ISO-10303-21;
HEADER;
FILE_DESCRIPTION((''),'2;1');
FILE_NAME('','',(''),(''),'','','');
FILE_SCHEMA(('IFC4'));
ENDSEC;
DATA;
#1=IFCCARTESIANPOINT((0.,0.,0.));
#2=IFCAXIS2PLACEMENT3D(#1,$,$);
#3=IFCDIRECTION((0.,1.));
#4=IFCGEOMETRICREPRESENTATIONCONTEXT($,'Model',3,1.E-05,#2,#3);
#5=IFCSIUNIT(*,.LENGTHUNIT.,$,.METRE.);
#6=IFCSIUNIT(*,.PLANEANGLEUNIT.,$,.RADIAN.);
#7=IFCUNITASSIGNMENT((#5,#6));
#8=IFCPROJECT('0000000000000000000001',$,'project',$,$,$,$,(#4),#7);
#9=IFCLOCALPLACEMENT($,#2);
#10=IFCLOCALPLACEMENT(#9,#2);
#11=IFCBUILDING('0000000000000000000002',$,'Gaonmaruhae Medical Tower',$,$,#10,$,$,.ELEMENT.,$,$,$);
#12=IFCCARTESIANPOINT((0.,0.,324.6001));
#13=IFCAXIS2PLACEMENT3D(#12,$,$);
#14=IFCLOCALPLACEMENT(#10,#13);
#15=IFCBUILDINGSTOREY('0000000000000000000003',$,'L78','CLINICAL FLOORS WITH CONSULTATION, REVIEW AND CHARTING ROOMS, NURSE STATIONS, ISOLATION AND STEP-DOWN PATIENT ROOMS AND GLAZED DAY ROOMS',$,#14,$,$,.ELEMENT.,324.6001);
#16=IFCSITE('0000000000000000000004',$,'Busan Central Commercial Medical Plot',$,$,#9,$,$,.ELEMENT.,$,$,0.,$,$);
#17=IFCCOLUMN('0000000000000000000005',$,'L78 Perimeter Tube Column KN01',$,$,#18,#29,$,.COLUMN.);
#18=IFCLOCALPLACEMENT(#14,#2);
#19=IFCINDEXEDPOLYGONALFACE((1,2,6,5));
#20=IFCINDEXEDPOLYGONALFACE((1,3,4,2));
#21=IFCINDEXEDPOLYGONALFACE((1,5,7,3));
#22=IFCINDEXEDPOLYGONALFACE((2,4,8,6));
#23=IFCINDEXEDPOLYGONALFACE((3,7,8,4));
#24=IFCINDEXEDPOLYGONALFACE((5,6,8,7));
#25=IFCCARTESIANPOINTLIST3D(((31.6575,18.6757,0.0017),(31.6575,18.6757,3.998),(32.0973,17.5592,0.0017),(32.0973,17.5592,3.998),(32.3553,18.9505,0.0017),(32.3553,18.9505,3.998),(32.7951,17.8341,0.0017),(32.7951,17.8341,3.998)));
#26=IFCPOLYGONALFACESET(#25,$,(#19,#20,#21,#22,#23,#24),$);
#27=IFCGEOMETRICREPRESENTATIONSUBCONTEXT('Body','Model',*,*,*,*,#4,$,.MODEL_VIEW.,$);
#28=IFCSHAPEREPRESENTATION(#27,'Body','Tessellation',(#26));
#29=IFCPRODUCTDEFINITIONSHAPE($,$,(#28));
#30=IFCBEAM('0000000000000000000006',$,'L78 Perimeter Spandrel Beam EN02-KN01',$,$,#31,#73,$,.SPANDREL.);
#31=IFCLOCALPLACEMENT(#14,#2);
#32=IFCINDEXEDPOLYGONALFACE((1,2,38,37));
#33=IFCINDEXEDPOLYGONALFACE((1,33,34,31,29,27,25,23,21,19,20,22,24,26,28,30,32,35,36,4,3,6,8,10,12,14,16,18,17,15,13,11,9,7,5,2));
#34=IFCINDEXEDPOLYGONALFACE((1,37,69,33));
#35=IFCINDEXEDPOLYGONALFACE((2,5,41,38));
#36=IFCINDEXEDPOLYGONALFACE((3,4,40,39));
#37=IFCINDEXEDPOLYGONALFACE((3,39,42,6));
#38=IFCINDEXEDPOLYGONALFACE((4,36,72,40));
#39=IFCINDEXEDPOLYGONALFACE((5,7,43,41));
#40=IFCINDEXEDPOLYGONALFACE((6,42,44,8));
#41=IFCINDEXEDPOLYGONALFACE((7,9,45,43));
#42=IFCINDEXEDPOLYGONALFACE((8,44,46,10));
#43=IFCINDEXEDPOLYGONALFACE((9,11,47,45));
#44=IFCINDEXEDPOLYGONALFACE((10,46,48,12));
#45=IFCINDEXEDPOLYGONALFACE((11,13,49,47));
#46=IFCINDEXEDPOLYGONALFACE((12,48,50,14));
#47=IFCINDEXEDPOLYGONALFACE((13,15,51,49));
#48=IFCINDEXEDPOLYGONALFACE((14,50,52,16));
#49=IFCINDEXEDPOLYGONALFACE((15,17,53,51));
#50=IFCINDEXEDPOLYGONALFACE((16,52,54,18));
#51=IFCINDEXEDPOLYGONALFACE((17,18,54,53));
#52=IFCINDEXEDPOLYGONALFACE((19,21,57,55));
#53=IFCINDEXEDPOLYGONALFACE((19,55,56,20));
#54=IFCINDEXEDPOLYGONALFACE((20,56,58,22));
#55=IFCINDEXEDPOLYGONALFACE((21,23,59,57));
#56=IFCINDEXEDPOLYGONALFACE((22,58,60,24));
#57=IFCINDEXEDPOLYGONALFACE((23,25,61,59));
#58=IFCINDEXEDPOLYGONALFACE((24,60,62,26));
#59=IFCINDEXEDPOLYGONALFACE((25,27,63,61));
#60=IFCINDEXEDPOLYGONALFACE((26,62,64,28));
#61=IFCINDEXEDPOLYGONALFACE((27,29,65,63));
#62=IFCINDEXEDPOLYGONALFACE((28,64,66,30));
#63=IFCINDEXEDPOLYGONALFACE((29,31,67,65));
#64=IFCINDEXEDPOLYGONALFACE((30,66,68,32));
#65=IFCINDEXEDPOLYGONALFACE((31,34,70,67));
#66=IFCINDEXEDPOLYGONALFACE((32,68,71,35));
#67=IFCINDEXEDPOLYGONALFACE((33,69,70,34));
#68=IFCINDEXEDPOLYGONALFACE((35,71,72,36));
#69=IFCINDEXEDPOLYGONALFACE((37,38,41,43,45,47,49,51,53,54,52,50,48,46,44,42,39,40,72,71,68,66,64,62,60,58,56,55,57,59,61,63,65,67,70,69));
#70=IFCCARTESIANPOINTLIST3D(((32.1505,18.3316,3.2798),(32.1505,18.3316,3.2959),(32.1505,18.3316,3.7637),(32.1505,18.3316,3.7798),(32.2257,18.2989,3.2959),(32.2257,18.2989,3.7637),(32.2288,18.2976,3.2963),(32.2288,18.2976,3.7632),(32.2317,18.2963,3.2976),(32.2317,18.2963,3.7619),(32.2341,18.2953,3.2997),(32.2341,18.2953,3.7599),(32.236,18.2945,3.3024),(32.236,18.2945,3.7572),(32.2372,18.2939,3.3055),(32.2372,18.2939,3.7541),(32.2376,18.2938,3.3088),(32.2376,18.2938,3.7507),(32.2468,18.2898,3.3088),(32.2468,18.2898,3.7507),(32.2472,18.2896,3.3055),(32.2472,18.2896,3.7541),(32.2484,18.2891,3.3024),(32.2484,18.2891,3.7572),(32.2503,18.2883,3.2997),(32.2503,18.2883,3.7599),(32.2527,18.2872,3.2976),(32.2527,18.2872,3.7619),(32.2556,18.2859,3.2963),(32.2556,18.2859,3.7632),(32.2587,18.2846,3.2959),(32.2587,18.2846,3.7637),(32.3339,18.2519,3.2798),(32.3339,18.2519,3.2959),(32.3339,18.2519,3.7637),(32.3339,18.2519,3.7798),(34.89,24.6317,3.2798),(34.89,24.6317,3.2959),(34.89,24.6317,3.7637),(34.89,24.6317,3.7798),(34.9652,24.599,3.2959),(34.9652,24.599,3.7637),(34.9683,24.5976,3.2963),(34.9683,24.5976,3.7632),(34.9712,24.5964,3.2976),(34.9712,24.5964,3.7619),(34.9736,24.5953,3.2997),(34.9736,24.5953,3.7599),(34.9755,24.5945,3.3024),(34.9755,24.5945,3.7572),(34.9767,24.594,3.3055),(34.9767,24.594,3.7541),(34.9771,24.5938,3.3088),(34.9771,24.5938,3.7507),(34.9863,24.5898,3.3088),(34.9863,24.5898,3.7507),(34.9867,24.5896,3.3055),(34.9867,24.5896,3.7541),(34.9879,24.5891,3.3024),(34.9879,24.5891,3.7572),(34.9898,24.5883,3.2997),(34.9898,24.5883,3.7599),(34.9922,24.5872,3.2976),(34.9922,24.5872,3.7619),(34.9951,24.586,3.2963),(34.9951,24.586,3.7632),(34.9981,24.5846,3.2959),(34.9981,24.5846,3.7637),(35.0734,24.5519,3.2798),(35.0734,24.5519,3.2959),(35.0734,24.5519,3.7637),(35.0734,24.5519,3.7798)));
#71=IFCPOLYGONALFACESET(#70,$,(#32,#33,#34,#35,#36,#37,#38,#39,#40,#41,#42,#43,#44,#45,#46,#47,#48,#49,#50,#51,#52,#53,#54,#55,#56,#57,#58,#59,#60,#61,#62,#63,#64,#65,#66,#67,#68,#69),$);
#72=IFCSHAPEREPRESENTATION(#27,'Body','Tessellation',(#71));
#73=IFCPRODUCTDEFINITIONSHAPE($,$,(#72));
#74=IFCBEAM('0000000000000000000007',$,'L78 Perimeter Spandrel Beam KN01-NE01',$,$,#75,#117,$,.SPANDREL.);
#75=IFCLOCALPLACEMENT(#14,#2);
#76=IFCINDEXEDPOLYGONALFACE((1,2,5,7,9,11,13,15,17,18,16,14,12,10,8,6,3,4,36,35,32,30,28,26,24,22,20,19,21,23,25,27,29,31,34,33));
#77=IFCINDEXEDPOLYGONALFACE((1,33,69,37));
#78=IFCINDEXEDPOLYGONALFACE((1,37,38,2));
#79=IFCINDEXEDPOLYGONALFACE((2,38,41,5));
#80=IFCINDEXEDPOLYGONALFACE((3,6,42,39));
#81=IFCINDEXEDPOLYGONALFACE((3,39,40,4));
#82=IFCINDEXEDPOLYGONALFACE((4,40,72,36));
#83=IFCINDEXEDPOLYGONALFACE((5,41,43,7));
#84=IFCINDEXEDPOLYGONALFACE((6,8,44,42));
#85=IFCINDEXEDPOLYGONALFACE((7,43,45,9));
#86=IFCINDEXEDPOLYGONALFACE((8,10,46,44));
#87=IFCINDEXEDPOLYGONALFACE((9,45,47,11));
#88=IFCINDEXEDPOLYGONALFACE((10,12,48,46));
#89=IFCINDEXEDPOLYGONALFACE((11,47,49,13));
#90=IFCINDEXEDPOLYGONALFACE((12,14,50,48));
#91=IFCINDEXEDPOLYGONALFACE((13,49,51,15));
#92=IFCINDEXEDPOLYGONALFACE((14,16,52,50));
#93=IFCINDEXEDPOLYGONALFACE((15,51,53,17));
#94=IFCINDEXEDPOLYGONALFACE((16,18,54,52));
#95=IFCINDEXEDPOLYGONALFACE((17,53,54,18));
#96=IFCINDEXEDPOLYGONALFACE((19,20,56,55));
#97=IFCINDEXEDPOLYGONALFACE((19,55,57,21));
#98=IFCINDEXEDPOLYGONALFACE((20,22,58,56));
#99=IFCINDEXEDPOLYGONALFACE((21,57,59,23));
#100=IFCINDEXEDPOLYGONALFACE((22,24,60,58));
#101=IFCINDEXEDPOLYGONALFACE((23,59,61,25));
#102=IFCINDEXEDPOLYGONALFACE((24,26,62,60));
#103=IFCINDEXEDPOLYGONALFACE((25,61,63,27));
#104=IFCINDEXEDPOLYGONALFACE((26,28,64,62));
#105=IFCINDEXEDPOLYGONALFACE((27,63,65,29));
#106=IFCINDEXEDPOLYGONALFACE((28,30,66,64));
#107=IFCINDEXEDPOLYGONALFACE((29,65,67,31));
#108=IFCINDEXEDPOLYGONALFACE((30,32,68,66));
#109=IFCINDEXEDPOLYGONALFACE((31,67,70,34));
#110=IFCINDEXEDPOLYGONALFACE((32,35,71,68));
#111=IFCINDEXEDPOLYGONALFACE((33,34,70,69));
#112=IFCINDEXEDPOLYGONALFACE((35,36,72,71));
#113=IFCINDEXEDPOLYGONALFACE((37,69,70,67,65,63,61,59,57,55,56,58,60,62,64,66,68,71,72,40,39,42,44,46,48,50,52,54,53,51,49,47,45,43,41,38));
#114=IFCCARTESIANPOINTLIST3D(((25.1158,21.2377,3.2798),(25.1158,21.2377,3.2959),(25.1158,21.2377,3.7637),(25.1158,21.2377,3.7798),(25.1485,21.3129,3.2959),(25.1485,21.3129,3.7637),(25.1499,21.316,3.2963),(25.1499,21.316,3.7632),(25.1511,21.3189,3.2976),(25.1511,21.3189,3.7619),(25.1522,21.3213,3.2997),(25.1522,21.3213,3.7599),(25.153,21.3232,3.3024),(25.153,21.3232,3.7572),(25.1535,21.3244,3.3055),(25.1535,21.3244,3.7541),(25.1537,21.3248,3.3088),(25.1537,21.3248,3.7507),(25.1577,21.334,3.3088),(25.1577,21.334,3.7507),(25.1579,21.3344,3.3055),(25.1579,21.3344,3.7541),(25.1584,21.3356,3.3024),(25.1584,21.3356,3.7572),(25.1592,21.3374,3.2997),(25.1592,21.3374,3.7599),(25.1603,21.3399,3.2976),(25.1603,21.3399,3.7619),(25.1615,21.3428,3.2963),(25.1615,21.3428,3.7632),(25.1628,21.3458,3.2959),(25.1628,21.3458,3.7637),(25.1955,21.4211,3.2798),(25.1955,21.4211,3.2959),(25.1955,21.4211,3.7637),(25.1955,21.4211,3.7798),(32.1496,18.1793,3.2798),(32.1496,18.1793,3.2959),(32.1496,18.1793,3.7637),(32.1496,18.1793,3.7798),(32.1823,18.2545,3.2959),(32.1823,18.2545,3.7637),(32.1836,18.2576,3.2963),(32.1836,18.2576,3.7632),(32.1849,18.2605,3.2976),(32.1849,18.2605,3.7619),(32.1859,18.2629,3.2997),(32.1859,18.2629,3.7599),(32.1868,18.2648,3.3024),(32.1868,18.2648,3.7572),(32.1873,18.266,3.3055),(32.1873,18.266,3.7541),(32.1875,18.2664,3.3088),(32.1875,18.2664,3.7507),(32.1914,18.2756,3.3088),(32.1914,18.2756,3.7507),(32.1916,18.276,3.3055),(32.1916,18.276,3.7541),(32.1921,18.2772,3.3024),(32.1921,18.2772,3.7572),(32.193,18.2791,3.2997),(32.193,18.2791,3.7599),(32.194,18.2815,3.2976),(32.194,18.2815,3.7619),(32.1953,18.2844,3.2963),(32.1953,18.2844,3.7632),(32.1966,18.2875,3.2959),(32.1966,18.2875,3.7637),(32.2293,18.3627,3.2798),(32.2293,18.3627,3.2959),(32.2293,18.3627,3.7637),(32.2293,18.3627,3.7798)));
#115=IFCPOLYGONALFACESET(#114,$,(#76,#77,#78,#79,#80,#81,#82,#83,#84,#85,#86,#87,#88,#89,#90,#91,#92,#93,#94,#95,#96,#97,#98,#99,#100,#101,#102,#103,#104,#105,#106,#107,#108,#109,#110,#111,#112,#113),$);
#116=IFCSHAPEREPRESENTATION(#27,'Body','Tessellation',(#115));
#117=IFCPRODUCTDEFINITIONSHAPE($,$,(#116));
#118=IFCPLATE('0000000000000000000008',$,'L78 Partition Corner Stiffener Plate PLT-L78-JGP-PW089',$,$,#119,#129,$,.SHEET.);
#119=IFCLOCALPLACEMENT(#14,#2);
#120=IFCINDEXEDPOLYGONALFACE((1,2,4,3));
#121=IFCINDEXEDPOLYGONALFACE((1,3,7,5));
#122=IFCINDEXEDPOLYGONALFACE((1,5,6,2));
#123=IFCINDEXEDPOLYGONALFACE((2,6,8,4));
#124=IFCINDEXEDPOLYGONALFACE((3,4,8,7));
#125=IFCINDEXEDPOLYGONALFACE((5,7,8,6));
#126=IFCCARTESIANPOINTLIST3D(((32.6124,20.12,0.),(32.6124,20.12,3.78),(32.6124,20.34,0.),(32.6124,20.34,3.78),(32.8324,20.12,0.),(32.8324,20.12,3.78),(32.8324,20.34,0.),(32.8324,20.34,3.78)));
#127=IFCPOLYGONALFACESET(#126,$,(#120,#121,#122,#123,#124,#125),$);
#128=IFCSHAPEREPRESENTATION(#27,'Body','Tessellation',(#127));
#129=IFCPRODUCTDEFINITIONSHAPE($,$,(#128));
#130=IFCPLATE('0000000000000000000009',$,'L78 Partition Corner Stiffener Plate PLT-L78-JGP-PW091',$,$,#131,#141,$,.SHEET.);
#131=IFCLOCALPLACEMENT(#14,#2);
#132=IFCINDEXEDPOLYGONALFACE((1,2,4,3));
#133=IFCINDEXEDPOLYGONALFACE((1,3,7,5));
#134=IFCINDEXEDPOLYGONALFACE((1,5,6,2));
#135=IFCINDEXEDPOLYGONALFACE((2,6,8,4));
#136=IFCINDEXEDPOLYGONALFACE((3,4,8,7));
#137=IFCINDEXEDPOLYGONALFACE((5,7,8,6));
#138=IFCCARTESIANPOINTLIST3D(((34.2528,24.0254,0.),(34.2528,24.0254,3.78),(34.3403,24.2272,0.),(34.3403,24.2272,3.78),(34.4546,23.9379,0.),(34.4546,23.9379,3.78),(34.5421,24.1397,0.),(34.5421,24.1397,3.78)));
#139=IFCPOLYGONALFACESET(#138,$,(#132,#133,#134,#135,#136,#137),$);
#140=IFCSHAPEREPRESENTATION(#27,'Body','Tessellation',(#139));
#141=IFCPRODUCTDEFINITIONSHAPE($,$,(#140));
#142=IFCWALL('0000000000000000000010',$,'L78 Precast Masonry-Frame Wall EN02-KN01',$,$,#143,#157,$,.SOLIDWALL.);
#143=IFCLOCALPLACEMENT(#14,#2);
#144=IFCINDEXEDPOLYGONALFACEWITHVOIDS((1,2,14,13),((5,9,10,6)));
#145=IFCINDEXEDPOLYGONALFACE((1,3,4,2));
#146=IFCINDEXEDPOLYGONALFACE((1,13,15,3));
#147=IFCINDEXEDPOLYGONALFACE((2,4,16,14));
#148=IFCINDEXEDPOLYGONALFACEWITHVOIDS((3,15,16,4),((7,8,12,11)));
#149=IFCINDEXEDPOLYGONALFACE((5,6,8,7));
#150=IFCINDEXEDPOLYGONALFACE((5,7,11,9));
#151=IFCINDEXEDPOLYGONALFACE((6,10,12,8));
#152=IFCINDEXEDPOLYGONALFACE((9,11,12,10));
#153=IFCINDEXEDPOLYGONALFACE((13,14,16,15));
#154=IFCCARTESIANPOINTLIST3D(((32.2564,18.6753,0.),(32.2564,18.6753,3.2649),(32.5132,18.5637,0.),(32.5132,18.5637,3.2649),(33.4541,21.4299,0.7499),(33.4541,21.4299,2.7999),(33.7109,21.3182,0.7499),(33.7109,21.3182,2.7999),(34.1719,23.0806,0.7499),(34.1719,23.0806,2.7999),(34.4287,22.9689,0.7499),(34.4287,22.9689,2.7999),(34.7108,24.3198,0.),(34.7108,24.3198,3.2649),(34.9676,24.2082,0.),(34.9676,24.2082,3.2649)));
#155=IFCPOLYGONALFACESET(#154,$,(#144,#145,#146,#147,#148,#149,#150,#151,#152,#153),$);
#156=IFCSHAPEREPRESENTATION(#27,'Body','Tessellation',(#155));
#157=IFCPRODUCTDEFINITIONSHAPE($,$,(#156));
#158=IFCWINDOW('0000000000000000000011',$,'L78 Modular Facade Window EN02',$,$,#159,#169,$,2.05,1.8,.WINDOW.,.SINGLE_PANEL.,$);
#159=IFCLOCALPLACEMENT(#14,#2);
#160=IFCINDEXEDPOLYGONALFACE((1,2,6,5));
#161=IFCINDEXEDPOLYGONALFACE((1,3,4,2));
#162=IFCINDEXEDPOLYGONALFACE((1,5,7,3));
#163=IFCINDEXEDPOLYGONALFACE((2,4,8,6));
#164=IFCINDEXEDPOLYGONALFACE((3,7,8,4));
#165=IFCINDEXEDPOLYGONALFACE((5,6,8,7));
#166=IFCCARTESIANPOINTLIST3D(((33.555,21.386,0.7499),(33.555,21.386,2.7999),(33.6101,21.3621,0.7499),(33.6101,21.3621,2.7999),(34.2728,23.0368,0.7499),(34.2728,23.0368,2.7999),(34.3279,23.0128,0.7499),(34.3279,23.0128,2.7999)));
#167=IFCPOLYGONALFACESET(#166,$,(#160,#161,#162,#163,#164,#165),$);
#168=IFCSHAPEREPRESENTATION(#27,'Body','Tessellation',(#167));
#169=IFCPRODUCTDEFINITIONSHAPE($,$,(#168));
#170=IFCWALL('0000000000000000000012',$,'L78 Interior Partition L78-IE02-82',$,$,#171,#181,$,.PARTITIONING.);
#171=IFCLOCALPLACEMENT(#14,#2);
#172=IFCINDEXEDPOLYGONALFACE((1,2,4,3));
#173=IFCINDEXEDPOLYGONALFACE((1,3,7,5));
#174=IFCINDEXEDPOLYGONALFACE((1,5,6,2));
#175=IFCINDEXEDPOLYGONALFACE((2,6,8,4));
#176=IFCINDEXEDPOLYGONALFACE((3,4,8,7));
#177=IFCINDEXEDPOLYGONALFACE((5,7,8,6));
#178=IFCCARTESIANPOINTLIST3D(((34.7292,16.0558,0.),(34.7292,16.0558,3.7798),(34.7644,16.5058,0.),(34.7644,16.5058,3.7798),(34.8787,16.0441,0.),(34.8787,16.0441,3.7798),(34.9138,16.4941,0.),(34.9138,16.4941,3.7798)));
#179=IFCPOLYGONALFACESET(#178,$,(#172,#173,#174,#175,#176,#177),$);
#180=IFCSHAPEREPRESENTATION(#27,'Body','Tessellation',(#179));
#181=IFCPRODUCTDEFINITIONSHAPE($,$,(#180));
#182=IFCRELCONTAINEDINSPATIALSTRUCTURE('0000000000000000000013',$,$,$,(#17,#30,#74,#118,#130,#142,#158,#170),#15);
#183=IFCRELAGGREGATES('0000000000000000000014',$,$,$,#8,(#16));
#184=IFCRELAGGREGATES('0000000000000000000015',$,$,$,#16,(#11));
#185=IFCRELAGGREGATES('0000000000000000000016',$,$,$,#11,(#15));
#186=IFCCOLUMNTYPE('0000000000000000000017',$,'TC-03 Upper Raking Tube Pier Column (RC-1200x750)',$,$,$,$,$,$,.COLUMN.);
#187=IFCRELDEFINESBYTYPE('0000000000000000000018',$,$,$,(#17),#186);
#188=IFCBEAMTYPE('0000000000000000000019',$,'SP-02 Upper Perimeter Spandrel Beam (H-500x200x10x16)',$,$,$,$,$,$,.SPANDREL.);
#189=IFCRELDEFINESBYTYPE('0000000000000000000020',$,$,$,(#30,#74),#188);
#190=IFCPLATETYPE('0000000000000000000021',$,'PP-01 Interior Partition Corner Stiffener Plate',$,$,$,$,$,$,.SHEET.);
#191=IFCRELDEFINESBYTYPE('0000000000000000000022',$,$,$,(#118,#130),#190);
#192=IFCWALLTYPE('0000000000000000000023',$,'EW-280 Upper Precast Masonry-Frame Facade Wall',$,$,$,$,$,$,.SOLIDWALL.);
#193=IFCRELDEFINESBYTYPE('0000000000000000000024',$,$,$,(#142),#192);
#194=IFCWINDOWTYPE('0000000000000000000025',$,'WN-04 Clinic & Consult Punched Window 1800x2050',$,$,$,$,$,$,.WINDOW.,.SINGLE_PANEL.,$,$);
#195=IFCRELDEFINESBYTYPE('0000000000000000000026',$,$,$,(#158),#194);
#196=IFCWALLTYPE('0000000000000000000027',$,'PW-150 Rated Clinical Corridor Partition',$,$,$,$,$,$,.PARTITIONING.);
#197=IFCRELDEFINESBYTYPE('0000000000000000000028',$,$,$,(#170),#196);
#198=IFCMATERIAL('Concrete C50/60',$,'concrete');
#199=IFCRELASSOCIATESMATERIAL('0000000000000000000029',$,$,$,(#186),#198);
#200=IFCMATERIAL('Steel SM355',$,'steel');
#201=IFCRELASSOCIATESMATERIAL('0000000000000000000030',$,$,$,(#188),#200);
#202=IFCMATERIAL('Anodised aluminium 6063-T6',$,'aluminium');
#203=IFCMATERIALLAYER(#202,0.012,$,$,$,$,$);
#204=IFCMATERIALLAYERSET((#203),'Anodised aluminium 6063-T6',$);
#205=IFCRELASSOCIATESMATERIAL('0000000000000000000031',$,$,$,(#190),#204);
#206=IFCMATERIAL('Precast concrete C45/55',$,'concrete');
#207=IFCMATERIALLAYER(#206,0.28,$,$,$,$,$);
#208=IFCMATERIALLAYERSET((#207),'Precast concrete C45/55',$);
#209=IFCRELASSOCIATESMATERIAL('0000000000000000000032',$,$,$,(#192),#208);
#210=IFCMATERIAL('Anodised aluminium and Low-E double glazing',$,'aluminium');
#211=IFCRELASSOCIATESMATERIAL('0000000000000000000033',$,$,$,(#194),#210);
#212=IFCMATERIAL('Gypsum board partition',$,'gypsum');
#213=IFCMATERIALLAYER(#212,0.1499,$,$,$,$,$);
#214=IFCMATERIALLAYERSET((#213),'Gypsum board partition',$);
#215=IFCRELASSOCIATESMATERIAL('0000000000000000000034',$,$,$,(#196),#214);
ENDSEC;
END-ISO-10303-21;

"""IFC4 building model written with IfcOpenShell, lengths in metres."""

from ifc_helpers import new_model, si_unit, direction, frame, frame_2d, origin, origin_2d, place, context, subcontext, project, spatial, rectangle, i_section, extrude, material, layer, layer_set, material_profile, profile_set, type_object, element, fill, save


model = new_model("IFC4")

# Units and contexts
model_context = context("Model", 3, precision=1e-05, world=origin(), true_north=direction((0.0, 1.0)))
body_context = subcontext(model_context, "Body", "Model", "MODEL_VIEW")
ifc_project = project(units=[si_unit("LENGTHUNIT", "METRE"), si_unit("PLANEANGLEUNIT", "RADIAN")], contexts=[model_context])

# Site, building, storey
site_placement = place(None, origin())
site = spatial("IfcSite", under=ifc_project, at=site_placement, Name="Busan Central Commercial Medical Plot", CompositionType="ELEMENT", RefElevation=0.0)
building_placement = place(site_placement, origin())
building = spatial("IfcBuilding", under=site, at=building_placement, Name="Gaonmaruhae Medical Tower", CompositionType="ELEMENT")
storey_placement = place(building_placement, frame((0.0, 0.0, 324.6001)))
storey = spatial("IfcBuildingStorey", under=building, at=storey_placement, Name="L78", Description="CLINICAL FLOORS WITH CONSULTATION, REVIEW AND CHARTING ROOMS, NURSE STATIONS, ISOLATION AND STEP-DOWN PATIENT ROOMS AND GLAZED DAY ROOMS", CompositionType="ELEMENT", Elevation=324.6001)

# Column
ifc_material_1 = material(Name="Concrete C50/60", Category="concrete")
ifc_material_profile_1 = material_profile(ifc_material_1, rectangle(XDim=1.2, YDim=0.75, at=origin_2d()), Name="RC-1200x750")
ifc_profile_set_1 = profile_set([ifc_material_profile_1], Name="Concrete C50/60")
column_type = type_object("IfcColumnType", Name="TC-03 Upper Raking Tube Pier Column (RC-1200x750)", PredefinedType="COLUMN", material=ifc_profile_set_1)
column_placement = place(storey_placement, frame((32.2263, 18.2549, 0.0017), z_axis=(0.0, 0.0, 1.0), x_axis=(-0.366501, 0.930418, 0.0)))
element("IfcColumn", 1, at=column_placement, inside=storey, type_object=column_type, Name="L78 Perimeter Tube Column KN01", PredefinedType="COLUMN", context=body_context, shape_type="SweptSolid", body=[
    extrude(rectangle(XDim=1.2, YDim=0.75, at=origin_2d()), origin(), (0.0, 0.0, 1.0), 3.9963),
])

# Beams
ifc_material_2 = material(Name="Steel SM355", Category="steel")
ifc_material_profile_2 = material_profile(ifc_material_2, i_section(OverallWidth=0.2, OverallDepth=0.5, WebThickness=0.01, FlangeThickness=0.0161, FilletRadius=0.0129, at=origin_2d()), Name="H-500x200x10x16")
ifc_profile_set_2 = profile_set([ifc_material_profile_2], Name="Steel SM355")
beam_type = type_object("IfcBeamType", Name="SP-02 Upper Perimeter Spandrel Beam (H-500x200x10x16)", PredefinedType="SPANDREL", material=ifc_profile_set_2)
beam_1_placement = place(storey_placement, frame((34.9817, 24.5918, 3.5298), z_axis=(-0.398769, -0.917051, 0.0), x_axis=(0.917051, -0.398769, 0.0)))
element("IfcBeam", 2, at=beam_1_placement, inside=storey, type_object=beam_type, Name="L78 Perimeter Spandrel Beam EN02-KN01", PredefinedType="SPANDREL", context=body_context, shape_type="SweptSolid", body=[
    extrude(i_section(OverallWidth=0.2, OverallDepth=0.5, WebThickness=0.01, FlangeThickness=0.0161, FilletRadius=0.0129, at=origin_2d()), origin(), (0.0, 0.0, 1.0), 6.8699),
])
beam_2_placement = place(storey_placement, frame((32.1895, 18.271, 3.5298), z_axis=(-0.917059, 0.398751, 0.0), x_axis=(-0.398751, -0.917059, 0.0)))
element("IfcBeam", 3, at=beam_2_placement, inside=storey, type_object=beam_type, Name="L78 Perimeter Spandrel Beam KN01-NE01", PredefinedType="SPANDREL", context=body_context, shape_type="SweptSolid", body=[
    extrude(i_section(OverallWidth=0.2, OverallDepth=0.5, WebThickness=0.01, FlangeThickness=0.0161, FilletRadius=0.0129, at=origin_2d()), origin(), (0.0, 0.0, 1.0), 7.6699),
])

# Plates
ifc_material_3 = material(Name="Anodised aluminium 6063-T6", Category="aluminium")
ifc_layer_1 = layer(ifc_material_3, 0.012)
ifc_layer_set_1 = layer_set([ifc_layer_1], Name="Anodised aluminium 6063-T6")
plate_type = type_object("IfcPlateType", Name="PP-01 Interior Partition Corner Stiffener Plate", PredefinedType="SHEET", material=ifc_layer_set_1)
for number, where, z_axis, x_axis, name in (
    (4, (32.7224, 20.23, 0.0), (0.0, 0.0, 1.0), (-1.0, 0.0, 0.0), "L78 Partition Corner Stiffener Plate PLT-L78-JGP-PW089"),
    (5, (34.3975, 24.0825, 0.0), (0.0, 0.0, 1.0), (0.91747, -0.397805, 0.0), "L78 Partition Corner Stiffener Plate PLT-L78-JGP-PW091"),
):
    element("IfcPlate", number, at=place(storey_placement, frame(where, z_axis=z_axis, x_axis=x_axis)), inside=storey, type_object=plate_type, Name=name, PredefinedType="SHEET", context=body_context, shape_type="SweptSolid", body=[
        extrude(rectangle(XDim=0.22, YDim=0.22, at=origin_2d()), origin(), (0.0, 0.0, 1.0), 3.78),
    ])

# Wall, opening, window
ifc_material_4 = material(Name="Precast concrete C45/55", Category="concrete")
ifc_layer_2 = layer(ifc_material_4, 0.28)
ifc_layer_set_2 = layer_set([ifc_layer_2], Name="Precast concrete C45/55")
wall_type_1 = type_object("IfcWallType", Name="EW-280 Upper Precast Masonry-Frame Facade Wall", PredefinedType="SOLIDWALL", material=ifc_layer_set_2)
wall_1_placement = place(storey_placement, frame((32.3848, 18.6194, 0.0), z_axis=(0.0, 0.0, 1.0), x_axis=(0.398754, 0.917058, 0.0)))
wall_1 = element("IfcWall", 6, at=wall_1_placement, inside=storey, type_object=wall_type_1, Name="L78 Precast Masonry-Frame Wall EN02-KN01", PredefinedType="SOLIDWALL", context=body_context, shape_type="SweptSolid", body=[
    extrude(rectangle(XDim=6.155, YDim=0.28, at=frame_2d((3.0776, 0.0))), origin(), (0.0, 0.0, 1.0), 3.2649),
])
opening_1_placement = place(wall_1_placement, frame((3.0039, 0.0, 0.75)))
opening_1 = element("IfcOpeningElement", 7, at=opening_1_placement, cuts=wall_1, PredefinedType="OPENING", context=body_context, shape_type="SweptSolid", body=[
    extrude(rectangle(XDim=1.8, YDim=2.05, at=frame_2d((0.8999, 1.0249))), frame((0.0, 0.1499, 0.0), z_axis=(0.0, -1.0, 0.0), x_axis=(1.0, 0.0, 0.0)), (0.0, 0.0, 1.0), 0.3),
])
ifc_material_5 = material(Name="Anodised aluminium and Low-E double glazing", Category="aluminium")
window_type = type_object("IfcWindowType", Name="WN-04 Clinic & Consult Punched Window 1800x2050", PartitioningType="SINGLE_PANEL", PredefinedType="WINDOW", material=ifc_material_5)
window_placement = place(opening_1_placement, origin())
window = element("IfcWindow", 8, at=window_placement, inside=storey, type_object=window_type, Name="L78 Modular Facade Window EN02", OverallHeight=2.05, OverallWidth=1.8, PartitioningType="SINGLE_PANEL", PredefinedType="WINDOW", context=body_context, shape_type="SweptSolid", body=[
    extrude(rectangle(XDim=1.8, YDim=2.05, at=frame_2d((0.8999, 1.0249))), frame((0.0, 0.03, 0.0), z_axis=(0.0, -1.0, 0.0), x_axis=(1.0, 0.0, 0.0)), (0.0, 0.0, 1.0), 0.0601),
])
fill(opening_1, window)

# Wall
ifc_material_6 = material(Name="Gypsum board partition", Category="gypsum")
ifc_layer_3 = layer(ifc_material_6, 0.1499)
ifc_layer_set_3 = layer_set([ifc_layer_3], Name="Gypsum board partition")
wall_type_2 = type_object("IfcWallType", Name="PW-150 Rated Clinical Corridor Partition", PredefinedType="PARTITIONING", material=ifc_layer_set_3)
wall_2_placement = place(storey_placement, frame((34.804, 16.05, 0.0), z_axis=(0.0, 0.0, 1.0), x_axis=(0.077896, 0.996961, 0.0)))
element("IfcWall", 9, at=wall_2_placement, inside=storey, type_object=wall_type_2, Name="L78 Interior Partition L78-IE02-82", PredefinedType="PARTITIONING", context=body_context, shape_type="SweptSolid", body=[
    extrude(rectangle(XDim=0.4514, YDim=0.1499, at=frame_2d((0.2256, 0.0))), origin(), (0.0, 0.0, 1.0), 3.7798),
])

save(model, "model.ifc")
